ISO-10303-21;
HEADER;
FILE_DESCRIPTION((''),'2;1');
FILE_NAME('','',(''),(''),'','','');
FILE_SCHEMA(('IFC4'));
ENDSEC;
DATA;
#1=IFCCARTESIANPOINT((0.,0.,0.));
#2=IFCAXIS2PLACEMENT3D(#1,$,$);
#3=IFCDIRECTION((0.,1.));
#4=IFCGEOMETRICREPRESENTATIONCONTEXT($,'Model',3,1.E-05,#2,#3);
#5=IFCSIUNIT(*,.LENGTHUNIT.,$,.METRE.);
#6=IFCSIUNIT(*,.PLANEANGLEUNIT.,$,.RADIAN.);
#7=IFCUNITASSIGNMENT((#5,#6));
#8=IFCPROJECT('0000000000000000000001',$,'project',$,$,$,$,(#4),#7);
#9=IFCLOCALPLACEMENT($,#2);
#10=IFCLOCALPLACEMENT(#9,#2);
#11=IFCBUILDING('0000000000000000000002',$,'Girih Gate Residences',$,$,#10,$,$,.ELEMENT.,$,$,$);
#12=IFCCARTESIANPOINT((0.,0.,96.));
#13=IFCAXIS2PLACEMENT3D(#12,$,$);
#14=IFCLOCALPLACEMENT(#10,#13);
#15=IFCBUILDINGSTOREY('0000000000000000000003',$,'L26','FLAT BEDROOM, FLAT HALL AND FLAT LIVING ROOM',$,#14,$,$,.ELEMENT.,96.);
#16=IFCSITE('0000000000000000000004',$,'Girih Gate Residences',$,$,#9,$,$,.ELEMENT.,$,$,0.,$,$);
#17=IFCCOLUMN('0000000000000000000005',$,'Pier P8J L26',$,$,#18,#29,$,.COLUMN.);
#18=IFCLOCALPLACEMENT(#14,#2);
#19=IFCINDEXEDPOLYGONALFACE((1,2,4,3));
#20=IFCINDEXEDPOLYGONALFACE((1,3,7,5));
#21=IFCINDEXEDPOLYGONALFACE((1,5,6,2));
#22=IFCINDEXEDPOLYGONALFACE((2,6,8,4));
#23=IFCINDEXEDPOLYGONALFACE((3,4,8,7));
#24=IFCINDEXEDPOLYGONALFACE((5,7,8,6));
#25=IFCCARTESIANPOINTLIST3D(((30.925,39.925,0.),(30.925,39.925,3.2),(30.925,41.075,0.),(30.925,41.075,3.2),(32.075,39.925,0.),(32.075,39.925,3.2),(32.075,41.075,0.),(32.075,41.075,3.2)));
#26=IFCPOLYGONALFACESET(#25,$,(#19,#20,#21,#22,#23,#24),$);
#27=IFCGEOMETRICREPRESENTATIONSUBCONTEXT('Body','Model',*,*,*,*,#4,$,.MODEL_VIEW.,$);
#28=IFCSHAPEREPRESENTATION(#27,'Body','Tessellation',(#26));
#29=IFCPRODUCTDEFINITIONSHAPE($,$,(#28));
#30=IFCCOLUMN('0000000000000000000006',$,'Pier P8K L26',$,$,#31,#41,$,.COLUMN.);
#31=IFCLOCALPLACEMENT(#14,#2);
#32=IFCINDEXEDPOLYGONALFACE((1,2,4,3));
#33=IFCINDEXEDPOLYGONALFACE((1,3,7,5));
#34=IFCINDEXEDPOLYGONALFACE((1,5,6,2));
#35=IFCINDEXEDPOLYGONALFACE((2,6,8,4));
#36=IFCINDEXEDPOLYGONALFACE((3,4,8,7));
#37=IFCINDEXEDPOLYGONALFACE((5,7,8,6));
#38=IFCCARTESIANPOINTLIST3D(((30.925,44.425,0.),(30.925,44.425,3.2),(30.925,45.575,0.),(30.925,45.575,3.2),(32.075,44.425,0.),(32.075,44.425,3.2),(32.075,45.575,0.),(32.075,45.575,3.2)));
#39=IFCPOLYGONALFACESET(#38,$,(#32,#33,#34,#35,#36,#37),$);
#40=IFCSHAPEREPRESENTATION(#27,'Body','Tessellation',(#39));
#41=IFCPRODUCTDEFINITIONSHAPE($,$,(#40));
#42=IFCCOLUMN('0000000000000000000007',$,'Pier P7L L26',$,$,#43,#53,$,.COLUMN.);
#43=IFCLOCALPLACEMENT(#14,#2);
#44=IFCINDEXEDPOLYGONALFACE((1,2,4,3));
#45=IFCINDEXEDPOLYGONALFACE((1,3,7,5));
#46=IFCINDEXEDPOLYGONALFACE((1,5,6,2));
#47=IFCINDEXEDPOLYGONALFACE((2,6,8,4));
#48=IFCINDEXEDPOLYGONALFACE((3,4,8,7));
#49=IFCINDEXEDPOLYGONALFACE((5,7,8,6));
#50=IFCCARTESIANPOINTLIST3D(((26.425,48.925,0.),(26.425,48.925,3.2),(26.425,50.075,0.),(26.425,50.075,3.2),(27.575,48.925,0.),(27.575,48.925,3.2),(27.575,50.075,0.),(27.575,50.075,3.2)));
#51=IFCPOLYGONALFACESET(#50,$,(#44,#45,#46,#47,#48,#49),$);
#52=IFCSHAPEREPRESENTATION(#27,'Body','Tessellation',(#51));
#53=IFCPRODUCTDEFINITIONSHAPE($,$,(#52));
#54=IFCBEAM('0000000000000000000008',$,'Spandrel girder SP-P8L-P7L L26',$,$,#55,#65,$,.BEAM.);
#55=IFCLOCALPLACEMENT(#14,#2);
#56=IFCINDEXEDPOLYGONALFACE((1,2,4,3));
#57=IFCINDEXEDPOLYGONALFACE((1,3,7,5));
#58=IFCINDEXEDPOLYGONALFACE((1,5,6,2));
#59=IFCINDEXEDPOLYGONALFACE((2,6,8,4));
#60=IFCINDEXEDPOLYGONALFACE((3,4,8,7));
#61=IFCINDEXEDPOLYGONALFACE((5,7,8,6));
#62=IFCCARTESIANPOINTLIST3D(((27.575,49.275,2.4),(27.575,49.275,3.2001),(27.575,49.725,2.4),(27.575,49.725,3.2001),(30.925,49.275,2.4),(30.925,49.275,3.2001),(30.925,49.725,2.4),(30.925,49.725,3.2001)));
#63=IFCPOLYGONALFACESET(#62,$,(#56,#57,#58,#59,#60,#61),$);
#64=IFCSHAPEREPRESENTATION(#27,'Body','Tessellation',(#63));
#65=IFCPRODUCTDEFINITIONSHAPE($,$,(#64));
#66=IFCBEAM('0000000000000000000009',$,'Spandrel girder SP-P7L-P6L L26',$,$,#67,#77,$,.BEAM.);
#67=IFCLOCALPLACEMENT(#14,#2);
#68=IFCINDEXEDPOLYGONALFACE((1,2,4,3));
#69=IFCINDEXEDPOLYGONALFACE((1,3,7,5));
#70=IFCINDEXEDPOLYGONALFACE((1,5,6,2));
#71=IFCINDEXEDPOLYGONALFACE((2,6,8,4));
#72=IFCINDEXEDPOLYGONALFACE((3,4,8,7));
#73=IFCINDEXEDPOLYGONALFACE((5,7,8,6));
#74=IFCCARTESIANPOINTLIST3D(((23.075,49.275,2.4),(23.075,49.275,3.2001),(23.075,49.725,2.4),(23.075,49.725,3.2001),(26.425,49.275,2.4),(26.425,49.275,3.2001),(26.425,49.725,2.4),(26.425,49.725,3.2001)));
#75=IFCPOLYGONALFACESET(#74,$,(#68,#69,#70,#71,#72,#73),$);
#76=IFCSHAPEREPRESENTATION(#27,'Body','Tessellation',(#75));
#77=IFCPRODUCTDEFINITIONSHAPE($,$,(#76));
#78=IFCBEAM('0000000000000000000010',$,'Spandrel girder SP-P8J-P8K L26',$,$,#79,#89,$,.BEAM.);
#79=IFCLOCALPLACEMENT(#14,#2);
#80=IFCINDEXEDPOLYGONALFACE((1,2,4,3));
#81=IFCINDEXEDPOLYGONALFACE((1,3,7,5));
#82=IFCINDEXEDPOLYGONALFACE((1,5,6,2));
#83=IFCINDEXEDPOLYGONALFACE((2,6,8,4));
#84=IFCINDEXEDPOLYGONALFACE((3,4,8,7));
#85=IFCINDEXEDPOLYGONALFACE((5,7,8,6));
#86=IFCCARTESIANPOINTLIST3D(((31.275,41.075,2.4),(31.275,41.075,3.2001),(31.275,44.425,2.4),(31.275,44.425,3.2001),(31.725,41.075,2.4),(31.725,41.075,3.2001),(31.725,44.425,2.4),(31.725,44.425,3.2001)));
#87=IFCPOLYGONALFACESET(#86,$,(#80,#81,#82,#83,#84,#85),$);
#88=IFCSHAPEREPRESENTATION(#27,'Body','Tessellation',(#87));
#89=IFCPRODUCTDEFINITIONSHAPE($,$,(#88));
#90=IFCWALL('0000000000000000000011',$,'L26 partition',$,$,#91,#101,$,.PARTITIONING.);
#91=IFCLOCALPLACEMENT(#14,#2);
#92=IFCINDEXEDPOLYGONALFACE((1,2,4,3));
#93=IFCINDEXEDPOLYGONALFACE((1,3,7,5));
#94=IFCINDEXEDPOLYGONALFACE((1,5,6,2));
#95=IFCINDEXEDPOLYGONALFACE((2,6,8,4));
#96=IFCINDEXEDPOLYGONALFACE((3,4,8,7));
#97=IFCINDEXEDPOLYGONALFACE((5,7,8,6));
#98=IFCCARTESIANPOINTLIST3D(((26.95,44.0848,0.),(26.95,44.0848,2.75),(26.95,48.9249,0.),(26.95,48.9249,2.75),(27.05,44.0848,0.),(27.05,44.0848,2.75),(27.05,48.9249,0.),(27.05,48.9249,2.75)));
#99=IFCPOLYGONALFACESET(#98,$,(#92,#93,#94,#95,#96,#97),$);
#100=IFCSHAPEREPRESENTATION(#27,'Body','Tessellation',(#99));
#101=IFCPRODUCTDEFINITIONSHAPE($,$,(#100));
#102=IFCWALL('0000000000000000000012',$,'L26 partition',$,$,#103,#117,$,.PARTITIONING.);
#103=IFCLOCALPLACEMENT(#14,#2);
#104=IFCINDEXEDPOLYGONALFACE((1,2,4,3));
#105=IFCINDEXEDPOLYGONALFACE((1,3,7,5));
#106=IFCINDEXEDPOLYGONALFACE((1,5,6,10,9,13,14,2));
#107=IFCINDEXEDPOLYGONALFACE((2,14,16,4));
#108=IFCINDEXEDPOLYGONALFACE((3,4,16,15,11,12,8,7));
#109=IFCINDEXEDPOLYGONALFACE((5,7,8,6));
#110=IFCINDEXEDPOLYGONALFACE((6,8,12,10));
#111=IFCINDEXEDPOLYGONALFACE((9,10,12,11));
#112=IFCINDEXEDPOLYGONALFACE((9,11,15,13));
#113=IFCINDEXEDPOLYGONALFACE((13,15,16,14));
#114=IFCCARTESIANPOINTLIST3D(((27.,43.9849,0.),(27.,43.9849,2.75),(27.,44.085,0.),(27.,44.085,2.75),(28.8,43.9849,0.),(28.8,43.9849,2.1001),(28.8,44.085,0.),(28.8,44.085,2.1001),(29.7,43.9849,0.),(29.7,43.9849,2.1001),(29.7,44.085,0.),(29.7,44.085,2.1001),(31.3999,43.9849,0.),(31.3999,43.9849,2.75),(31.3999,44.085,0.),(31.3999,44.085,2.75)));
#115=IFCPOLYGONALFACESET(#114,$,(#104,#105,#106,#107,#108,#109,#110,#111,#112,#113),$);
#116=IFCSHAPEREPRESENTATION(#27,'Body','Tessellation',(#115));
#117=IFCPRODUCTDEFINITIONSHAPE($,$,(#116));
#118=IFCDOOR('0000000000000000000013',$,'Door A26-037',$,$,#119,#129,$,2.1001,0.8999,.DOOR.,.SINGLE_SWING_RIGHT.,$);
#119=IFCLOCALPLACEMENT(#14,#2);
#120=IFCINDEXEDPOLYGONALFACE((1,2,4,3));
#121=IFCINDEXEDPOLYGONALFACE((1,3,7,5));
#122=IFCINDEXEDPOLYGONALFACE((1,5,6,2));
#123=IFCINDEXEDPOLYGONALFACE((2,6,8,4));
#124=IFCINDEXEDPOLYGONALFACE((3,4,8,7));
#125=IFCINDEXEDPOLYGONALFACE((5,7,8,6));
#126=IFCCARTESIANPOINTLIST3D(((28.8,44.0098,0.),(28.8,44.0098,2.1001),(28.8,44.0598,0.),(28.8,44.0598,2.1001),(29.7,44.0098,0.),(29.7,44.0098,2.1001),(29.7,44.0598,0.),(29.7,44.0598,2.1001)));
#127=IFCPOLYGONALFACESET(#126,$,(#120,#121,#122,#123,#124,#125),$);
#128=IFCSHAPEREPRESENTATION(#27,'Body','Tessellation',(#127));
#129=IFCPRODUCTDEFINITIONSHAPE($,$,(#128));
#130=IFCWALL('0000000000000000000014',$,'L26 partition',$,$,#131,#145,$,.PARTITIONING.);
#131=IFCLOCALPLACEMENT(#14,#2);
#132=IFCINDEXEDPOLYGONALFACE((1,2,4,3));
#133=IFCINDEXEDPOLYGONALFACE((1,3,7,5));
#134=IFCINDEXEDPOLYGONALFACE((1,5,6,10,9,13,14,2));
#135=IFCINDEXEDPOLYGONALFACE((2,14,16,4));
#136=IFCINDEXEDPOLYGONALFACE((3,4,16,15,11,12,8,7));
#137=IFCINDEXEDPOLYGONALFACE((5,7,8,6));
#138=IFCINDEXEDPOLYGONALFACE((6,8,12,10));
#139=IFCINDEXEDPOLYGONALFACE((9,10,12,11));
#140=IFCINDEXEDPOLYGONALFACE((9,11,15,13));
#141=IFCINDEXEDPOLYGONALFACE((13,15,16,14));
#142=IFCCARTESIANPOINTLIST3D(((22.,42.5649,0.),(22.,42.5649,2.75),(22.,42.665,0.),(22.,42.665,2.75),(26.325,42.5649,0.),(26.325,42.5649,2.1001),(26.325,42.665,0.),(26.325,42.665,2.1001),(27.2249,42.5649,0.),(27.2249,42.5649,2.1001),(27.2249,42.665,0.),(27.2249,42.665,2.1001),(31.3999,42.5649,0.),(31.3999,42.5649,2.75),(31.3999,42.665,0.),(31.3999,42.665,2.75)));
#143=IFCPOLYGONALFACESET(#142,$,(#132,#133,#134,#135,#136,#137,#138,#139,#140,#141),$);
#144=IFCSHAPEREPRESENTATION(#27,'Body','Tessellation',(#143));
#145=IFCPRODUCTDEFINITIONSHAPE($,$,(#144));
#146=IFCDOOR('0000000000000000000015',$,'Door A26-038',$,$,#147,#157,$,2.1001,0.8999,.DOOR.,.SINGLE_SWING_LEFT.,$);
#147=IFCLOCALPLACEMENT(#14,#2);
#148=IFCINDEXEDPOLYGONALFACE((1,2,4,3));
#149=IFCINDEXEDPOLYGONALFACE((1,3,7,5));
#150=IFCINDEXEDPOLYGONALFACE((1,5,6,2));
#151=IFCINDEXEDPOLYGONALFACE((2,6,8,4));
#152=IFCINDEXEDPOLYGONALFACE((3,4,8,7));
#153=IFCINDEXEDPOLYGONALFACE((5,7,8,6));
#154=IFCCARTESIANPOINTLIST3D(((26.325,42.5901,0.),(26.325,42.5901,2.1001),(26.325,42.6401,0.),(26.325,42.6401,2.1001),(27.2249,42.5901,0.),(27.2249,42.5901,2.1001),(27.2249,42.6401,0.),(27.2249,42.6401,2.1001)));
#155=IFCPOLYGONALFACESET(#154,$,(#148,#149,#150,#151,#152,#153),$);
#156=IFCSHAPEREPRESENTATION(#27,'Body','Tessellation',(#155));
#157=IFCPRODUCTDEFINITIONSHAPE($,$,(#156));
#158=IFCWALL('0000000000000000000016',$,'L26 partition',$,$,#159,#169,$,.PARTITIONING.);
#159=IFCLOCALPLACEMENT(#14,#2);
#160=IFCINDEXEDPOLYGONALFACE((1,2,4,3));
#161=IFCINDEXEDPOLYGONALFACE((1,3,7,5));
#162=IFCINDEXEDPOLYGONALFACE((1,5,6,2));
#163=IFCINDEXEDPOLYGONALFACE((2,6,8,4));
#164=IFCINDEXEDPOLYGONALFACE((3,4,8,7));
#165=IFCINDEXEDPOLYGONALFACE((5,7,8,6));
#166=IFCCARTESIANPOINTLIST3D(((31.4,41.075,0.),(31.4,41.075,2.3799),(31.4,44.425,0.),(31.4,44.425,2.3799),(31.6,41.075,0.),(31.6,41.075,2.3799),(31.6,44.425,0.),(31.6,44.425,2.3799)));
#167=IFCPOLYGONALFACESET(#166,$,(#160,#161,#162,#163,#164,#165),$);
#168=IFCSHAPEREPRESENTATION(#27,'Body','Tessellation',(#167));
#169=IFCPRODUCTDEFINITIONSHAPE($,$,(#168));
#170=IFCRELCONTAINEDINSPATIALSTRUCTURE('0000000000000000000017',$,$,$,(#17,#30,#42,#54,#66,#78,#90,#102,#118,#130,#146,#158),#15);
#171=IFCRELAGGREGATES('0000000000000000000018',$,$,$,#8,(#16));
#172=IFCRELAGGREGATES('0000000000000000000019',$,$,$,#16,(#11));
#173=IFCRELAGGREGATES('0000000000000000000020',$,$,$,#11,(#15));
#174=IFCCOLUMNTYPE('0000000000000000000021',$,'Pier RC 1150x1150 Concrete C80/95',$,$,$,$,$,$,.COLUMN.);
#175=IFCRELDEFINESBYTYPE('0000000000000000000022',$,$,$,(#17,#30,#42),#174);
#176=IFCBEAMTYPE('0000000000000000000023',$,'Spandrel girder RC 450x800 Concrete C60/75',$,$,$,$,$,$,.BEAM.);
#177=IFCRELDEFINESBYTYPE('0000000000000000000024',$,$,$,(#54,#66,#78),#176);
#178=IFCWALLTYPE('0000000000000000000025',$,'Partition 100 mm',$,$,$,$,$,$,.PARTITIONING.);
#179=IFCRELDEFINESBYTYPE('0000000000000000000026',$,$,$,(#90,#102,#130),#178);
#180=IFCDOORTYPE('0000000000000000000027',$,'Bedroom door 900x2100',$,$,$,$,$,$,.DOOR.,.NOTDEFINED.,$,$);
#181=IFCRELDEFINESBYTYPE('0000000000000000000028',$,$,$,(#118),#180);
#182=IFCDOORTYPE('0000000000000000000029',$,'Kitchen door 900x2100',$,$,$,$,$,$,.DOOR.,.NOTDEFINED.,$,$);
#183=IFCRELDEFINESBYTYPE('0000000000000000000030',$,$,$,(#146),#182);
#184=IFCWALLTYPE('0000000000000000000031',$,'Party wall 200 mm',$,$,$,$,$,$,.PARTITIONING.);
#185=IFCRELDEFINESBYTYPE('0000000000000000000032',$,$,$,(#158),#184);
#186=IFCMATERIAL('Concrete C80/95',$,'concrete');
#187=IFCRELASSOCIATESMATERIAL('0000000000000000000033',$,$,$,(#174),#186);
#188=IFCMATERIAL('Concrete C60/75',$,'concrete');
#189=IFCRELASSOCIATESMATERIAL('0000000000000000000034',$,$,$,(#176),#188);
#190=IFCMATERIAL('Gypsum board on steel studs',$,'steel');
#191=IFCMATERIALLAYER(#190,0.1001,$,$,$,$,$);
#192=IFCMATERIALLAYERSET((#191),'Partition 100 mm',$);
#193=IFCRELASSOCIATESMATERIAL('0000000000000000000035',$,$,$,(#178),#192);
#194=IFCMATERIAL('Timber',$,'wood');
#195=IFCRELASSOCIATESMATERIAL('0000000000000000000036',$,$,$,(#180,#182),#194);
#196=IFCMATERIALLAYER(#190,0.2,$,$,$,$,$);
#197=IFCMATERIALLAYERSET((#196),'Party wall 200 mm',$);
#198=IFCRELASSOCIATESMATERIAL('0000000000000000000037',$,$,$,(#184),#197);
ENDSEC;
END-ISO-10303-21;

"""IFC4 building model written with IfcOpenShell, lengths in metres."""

from ifc_helpers import new_model, si_unit, direction, frame, frame_2d, origin, origin_2d, place, context, subcontext, project, spatial, rectangle, extrude, material, layer, layer_set, material_profile, profile_set, type_object, element, fill, save


model = new_model("IFC4")

# Units and contexts
model_context = context("Model", 3, precision=1e-05, world=origin(), true_north=direction((0.0, 1.0)))
body_context = subcontext(model_context, "Body", "Model", "MODEL_VIEW")
ifc_project = project(units=[si_unit("LENGTHUNIT", "METRE"), si_unit("PLANEANGLEUNIT", "RADIAN")], contexts=[model_context])

# Site, building, storey
site_placement = place(None, origin())
site = spatial("IfcSite", under=ifc_project, at=site_placement, Name="Girih Gate Residences", CompositionType="ELEMENT", RefElevation=0.0)
building_placement = place(site_placement, origin())
building = spatial("IfcBuilding", under=site, at=building_placement, Name="Girih Gate Residences", CompositionType="ELEMENT")
storey_placement = place(building_placement, frame((0.0, 0.0, 96.0)))
storey = spatial("IfcBuildingStorey", under=building, at=storey_placement, Name="L26", Description="FLAT BEDROOM, FLAT HALL AND FLAT LIVING ROOM", CompositionType="ELEMENT", Elevation=96.0)

# Columns
ifc_material_1 = material(Name="Concrete C80/95", Category="concrete")
ifc_material_profile_1 = material_profile(ifc_material_1, rectangle(XDim=1.1499, YDim=1.1499, at=origin_2d()))
ifc_profile_set_1 = profile_set([ifc_material_profile_1], Name="Concrete C80/95")
column_type = type_object("IfcColumnType", Name="Pier RC 1150x1150 Concrete C80/95", PredefinedType="COLUMN", material=ifc_profile_set_1)
for number, where, z_axis, x_axis, name in (
    (1, (31.5, 40.5, 0.0), (0.0, 0.0, 1.0), (1.0, 0.0, 0.0), "Pier P8J L26"),
    (2, (31.5, 45.0, 0.0), (0.0, 0.0, 1.0), (1.0, 0.0, 0.0), "Pier P8K L26"),
    (3, (27.0, 49.5, 0.0), (0.0, 0.0, 1.0), (1.0, 0.0, 0.0), "Pier P7L L26"),
):
    element("IfcColumn", number, at=place(storey_placement, frame(where, z_axis=z_axis, x_axis=x_axis)), inside=storey, type_object=column_type, Name=name, PredefinedType="COLUMN", context=body_context, shape_type="SweptSolid", body=[
        extrude(rectangle(XDim=1.1499, YDim=1.1499, at=origin_2d()), origin(), (0.0, 0.0, 1.0), 3.2),
    ])

# Beams
ifc_material_2 = material(Name="Concrete C60/75", Category="concrete")
ifc_material_profile_2 = material_profile(ifc_material_2, rectangle(XDim=0.45, YDim=0.8, at=origin_2d()))
ifc_profile_set_2 = profile_set([ifc_material_profile_2], Name="Concrete C60/75")
beam_type = type_object("IfcBeamType", Name="Spandrel girder RC 450x800 Concrete C60/75", PredefinedType="BEAM", material=ifc_profile_set_2)
for number, where, z_axis, x_axis, name in (
    (4, (30.925, 49.5, 2.8), (-1.0, 0.0, 0.0), (0.0, -1.0, 0.0), "Spandrel girder SP-P8L-P7L L26"),
    (5, (26.425, 49.5, 2.8), (-1.0, 0.0, 0.0), (0.0, -1.0, 0.0), "Spandrel girder SP-P7L-P6L L26"),
    (6, (31.5, 41.075, 2.8), (0.0, 1.0, 0.0), (-1.0, 0.0, 0.0), "Spandrel girder SP-P8J-P8K L26"),
):
    element("IfcBeam", number, at=place(storey_placement, frame(where, z_axis=z_axis, x_axis=x_axis)), inside=storey, type_object=beam_type, Name=name, PredefinedType="BEAM", context=body_context, shape_type="SweptSolid", body=[
        extrude(rectangle(XDim=0.45, YDim=0.8, at=origin_2d()), origin(), (0.0, 0.0, 1.0), 3.3501),
    ])

# Wall
ifc_material_3 = material(Name="Gypsum board on steel studs", Category="steel")
ifc_layer_1 = layer(ifc_material_3, 0.1001)
ifc_layer_set_1 = layer_set([ifc_layer_1], Name="Partition 100 mm")
wall_type_1 = type_object("IfcWallType", Name="Partition 100 mm", PredefinedType="PARTITIONING", material=ifc_layer_set_1)
wall_1_placement = place(storey_placement, frame((27.0, 44.085, 0.0), z_axis=(0.0, 0.0, 1.0), x_axis=(0.0, 1.0, 0.0)))
element("IfcWall", 7, at=wall_1_placement, inside=storey, type_object=wall_type_1, Name="L26 partition", PredefinedType="PARTITIONING", context=body_context, shape_type="SweptSolid", body=[
    extrude(rectangle(XDim=4.8401, YDim=0.1001, at=frame_2d((2.4199, 0.0))), origin(), (0.0, 0.0, 1.0), 2.75),
])

# Walls, openings, doors
wall_2_placement = place(storey_placement, frame((27.0, 44.0349, 0.0), z_axis=(0.0, 0.0, 1.0), x_axis=(1.0, 0.0, 0.0)))
wall_2 = element("IfcWall", 8, at=wall_2_placement, inside=storey, type_object=wall_type_1, Name="L26 partition", PredefinedType="PARTITIONING", context=body_context, shape_type="SweptSolid", body=[
    extrude(rectangle(XDim=4.3999, YDim=0.1001, at=frame_2d((2.2, 0.0))), origin(), (0.0, 0.0, 1.0), 2.75),
])
opening_1_placement = place(wall_2_placement, frame((1.8, 0.0, 0.0)))
opening_1 = element("IfcOpeningElement", 9, at=opening_1_placement, cuts=wall_2, PredefinedType="OPENING", context=body_context, shape_type="SweptSolid", body=[
    extrude(rectangle(XDim=0.8999, YDim=2.1001, at=frame_2d((0.45, 1.05))), frame((0.0, 0.0601, 0.0), z_axis=(0.0, -1.0, 0.0), x_axis=(1.0, 0.0, 0.0)), (0.0, 0.0, 1.0), 0.1201),
])
ifc_material_4 = material(Name="Timber", Category="wood")
door_type_1 = type_object("IfcDoorType", Name="Bedroom door 900x2100", OperationType="NOTDEFINED", PredefinedType="DOOR", material=ifc_material_4)
door_1_placement = place(opening_1_placement, origin())
door_1 = element("IfcDoor", 10, at=door_1_placement, inside=storey, type_object=door_type_1, Name="Door A26-037", OperationType="SINGLE_SWING_RIGHT", OverallHeight=2.1001, OverallWidth=0.8999, PredefinedType="DOOR", context=body_context, shape_type="SweptSolid", body=[
    extrude(rectangle(XDim=0.8999, YDim=2.1001, at=frame_2d((0.45, 1.05))), frame((0.0, 0.0249, 0.0), z_axis=(0.0, -1.0, 0.0), x_axis=(1.0, 0.0, 0.0)), (0.0, 0.0, 1.0), 0.05),
])
fill(opening_1, door_1)
wall_3_placement = place(storey_placement, frame((31.3999, 42.615, 0.0), z_axis=(0.0, 0.0, 1.0), x_axis=(-1.0, 0.0, 0.0)))
wall_3 = element("IfcWall", 11, at=wall_3_placement, inside=storey, type_object=wall_type_1, Name="L26 partition", PredefinedType="PARTITIONING", context=body_context, shape_type="SweptSolid", body=[
    extrude(rectangle(XDim=9.3999, YDim=0.1001, at=frame_2d((4.7, 0.0))), origin(), (0.0, 0.0, 1.0), 2.75),
])
opening_2_placement = place(wall_3_placement, frame((4.175, 0.0, 0.0)))
opening_2 = element("IfcOpeningElement", 12, at=opening_2_placement, cuts=wall_3, PredefinedType="OPENING", context=body_context, shape_type="SweptSolid", body=[
    extrude(rectangle(XDim=0.8999, YDim=2.1001, at=frame_2d((0.45, 1.05))), frame((0.0, 0.0601, 0.0), z_axis=(0.0, -1.0, 0.0), x_axis=(1.0, 0.0, 0.0)), (0.0, 0.0, 1.0), 0.1201),
])
door_type_2 = type_object("IfcDoorType", Name="Kitchen door 900x2100", OperationType="NOTDEFINED", PredefinedType="DOOR", material=ifc_material_4)
door_2_placement = place(opening_2_placement, origin())
door_2 = element("IfcDoor", 13, at=door_2_placement, inside=storey, type_object=door_type_2, Name="Door A26-038", OperationType="SINGLE_SWING_LEFT", OverallHeight=2.1001, OverallWidth=0.8999, PredefinedType="DOOR", context=body_context, shape_type="SweptSolid", body=[
    extrude(rectangle(XDim=0.8999, YDim=2.1001, at=frame_2d((0.45, 1.05))), frame((0.0, 0.0249, 0.0), z_axis=(0.0, -1.0, 0.0), x_axis=(1.0, 0.0, 0.0)), (0.0, 0.0, 1.0), 0.05),
])
fill(opening_2, door_2)

# Wall
ifc_layer_2 = layer(ifc_material_3, 0.2)
ifc_layer_set_2 = layer_set([ifc_layer_2], Name="Party wall 200 mm")
wall_type_2 = type_object("IfcWallType", Name="Party wall 200 mm", PredefinedType="PARTITIONING", material=ifc_layer_set_2)
wall_4_placement = place(storey_placement, frame((31.5, 41.075, 0.0), z_axis=(0.0, 0.0, 1.0), x_axis=(0.0, 1.0, 0.0)))
element("IfcWall", 14, at=wall_4_placement, inside=storey, type_object=wall_type_2, Name="L26 partition", PredefinedType="PARTITIONING", context=body_context, shape_type="SweptSolid", body=[
    extrude(rectangle(XDim=3.3501, YDim=0.2, at=frame_2d((1.675, 0.0))), origin(), (0.0, 0.0, 1.0), 2.3799),
])

save(model, "model.ifc")
